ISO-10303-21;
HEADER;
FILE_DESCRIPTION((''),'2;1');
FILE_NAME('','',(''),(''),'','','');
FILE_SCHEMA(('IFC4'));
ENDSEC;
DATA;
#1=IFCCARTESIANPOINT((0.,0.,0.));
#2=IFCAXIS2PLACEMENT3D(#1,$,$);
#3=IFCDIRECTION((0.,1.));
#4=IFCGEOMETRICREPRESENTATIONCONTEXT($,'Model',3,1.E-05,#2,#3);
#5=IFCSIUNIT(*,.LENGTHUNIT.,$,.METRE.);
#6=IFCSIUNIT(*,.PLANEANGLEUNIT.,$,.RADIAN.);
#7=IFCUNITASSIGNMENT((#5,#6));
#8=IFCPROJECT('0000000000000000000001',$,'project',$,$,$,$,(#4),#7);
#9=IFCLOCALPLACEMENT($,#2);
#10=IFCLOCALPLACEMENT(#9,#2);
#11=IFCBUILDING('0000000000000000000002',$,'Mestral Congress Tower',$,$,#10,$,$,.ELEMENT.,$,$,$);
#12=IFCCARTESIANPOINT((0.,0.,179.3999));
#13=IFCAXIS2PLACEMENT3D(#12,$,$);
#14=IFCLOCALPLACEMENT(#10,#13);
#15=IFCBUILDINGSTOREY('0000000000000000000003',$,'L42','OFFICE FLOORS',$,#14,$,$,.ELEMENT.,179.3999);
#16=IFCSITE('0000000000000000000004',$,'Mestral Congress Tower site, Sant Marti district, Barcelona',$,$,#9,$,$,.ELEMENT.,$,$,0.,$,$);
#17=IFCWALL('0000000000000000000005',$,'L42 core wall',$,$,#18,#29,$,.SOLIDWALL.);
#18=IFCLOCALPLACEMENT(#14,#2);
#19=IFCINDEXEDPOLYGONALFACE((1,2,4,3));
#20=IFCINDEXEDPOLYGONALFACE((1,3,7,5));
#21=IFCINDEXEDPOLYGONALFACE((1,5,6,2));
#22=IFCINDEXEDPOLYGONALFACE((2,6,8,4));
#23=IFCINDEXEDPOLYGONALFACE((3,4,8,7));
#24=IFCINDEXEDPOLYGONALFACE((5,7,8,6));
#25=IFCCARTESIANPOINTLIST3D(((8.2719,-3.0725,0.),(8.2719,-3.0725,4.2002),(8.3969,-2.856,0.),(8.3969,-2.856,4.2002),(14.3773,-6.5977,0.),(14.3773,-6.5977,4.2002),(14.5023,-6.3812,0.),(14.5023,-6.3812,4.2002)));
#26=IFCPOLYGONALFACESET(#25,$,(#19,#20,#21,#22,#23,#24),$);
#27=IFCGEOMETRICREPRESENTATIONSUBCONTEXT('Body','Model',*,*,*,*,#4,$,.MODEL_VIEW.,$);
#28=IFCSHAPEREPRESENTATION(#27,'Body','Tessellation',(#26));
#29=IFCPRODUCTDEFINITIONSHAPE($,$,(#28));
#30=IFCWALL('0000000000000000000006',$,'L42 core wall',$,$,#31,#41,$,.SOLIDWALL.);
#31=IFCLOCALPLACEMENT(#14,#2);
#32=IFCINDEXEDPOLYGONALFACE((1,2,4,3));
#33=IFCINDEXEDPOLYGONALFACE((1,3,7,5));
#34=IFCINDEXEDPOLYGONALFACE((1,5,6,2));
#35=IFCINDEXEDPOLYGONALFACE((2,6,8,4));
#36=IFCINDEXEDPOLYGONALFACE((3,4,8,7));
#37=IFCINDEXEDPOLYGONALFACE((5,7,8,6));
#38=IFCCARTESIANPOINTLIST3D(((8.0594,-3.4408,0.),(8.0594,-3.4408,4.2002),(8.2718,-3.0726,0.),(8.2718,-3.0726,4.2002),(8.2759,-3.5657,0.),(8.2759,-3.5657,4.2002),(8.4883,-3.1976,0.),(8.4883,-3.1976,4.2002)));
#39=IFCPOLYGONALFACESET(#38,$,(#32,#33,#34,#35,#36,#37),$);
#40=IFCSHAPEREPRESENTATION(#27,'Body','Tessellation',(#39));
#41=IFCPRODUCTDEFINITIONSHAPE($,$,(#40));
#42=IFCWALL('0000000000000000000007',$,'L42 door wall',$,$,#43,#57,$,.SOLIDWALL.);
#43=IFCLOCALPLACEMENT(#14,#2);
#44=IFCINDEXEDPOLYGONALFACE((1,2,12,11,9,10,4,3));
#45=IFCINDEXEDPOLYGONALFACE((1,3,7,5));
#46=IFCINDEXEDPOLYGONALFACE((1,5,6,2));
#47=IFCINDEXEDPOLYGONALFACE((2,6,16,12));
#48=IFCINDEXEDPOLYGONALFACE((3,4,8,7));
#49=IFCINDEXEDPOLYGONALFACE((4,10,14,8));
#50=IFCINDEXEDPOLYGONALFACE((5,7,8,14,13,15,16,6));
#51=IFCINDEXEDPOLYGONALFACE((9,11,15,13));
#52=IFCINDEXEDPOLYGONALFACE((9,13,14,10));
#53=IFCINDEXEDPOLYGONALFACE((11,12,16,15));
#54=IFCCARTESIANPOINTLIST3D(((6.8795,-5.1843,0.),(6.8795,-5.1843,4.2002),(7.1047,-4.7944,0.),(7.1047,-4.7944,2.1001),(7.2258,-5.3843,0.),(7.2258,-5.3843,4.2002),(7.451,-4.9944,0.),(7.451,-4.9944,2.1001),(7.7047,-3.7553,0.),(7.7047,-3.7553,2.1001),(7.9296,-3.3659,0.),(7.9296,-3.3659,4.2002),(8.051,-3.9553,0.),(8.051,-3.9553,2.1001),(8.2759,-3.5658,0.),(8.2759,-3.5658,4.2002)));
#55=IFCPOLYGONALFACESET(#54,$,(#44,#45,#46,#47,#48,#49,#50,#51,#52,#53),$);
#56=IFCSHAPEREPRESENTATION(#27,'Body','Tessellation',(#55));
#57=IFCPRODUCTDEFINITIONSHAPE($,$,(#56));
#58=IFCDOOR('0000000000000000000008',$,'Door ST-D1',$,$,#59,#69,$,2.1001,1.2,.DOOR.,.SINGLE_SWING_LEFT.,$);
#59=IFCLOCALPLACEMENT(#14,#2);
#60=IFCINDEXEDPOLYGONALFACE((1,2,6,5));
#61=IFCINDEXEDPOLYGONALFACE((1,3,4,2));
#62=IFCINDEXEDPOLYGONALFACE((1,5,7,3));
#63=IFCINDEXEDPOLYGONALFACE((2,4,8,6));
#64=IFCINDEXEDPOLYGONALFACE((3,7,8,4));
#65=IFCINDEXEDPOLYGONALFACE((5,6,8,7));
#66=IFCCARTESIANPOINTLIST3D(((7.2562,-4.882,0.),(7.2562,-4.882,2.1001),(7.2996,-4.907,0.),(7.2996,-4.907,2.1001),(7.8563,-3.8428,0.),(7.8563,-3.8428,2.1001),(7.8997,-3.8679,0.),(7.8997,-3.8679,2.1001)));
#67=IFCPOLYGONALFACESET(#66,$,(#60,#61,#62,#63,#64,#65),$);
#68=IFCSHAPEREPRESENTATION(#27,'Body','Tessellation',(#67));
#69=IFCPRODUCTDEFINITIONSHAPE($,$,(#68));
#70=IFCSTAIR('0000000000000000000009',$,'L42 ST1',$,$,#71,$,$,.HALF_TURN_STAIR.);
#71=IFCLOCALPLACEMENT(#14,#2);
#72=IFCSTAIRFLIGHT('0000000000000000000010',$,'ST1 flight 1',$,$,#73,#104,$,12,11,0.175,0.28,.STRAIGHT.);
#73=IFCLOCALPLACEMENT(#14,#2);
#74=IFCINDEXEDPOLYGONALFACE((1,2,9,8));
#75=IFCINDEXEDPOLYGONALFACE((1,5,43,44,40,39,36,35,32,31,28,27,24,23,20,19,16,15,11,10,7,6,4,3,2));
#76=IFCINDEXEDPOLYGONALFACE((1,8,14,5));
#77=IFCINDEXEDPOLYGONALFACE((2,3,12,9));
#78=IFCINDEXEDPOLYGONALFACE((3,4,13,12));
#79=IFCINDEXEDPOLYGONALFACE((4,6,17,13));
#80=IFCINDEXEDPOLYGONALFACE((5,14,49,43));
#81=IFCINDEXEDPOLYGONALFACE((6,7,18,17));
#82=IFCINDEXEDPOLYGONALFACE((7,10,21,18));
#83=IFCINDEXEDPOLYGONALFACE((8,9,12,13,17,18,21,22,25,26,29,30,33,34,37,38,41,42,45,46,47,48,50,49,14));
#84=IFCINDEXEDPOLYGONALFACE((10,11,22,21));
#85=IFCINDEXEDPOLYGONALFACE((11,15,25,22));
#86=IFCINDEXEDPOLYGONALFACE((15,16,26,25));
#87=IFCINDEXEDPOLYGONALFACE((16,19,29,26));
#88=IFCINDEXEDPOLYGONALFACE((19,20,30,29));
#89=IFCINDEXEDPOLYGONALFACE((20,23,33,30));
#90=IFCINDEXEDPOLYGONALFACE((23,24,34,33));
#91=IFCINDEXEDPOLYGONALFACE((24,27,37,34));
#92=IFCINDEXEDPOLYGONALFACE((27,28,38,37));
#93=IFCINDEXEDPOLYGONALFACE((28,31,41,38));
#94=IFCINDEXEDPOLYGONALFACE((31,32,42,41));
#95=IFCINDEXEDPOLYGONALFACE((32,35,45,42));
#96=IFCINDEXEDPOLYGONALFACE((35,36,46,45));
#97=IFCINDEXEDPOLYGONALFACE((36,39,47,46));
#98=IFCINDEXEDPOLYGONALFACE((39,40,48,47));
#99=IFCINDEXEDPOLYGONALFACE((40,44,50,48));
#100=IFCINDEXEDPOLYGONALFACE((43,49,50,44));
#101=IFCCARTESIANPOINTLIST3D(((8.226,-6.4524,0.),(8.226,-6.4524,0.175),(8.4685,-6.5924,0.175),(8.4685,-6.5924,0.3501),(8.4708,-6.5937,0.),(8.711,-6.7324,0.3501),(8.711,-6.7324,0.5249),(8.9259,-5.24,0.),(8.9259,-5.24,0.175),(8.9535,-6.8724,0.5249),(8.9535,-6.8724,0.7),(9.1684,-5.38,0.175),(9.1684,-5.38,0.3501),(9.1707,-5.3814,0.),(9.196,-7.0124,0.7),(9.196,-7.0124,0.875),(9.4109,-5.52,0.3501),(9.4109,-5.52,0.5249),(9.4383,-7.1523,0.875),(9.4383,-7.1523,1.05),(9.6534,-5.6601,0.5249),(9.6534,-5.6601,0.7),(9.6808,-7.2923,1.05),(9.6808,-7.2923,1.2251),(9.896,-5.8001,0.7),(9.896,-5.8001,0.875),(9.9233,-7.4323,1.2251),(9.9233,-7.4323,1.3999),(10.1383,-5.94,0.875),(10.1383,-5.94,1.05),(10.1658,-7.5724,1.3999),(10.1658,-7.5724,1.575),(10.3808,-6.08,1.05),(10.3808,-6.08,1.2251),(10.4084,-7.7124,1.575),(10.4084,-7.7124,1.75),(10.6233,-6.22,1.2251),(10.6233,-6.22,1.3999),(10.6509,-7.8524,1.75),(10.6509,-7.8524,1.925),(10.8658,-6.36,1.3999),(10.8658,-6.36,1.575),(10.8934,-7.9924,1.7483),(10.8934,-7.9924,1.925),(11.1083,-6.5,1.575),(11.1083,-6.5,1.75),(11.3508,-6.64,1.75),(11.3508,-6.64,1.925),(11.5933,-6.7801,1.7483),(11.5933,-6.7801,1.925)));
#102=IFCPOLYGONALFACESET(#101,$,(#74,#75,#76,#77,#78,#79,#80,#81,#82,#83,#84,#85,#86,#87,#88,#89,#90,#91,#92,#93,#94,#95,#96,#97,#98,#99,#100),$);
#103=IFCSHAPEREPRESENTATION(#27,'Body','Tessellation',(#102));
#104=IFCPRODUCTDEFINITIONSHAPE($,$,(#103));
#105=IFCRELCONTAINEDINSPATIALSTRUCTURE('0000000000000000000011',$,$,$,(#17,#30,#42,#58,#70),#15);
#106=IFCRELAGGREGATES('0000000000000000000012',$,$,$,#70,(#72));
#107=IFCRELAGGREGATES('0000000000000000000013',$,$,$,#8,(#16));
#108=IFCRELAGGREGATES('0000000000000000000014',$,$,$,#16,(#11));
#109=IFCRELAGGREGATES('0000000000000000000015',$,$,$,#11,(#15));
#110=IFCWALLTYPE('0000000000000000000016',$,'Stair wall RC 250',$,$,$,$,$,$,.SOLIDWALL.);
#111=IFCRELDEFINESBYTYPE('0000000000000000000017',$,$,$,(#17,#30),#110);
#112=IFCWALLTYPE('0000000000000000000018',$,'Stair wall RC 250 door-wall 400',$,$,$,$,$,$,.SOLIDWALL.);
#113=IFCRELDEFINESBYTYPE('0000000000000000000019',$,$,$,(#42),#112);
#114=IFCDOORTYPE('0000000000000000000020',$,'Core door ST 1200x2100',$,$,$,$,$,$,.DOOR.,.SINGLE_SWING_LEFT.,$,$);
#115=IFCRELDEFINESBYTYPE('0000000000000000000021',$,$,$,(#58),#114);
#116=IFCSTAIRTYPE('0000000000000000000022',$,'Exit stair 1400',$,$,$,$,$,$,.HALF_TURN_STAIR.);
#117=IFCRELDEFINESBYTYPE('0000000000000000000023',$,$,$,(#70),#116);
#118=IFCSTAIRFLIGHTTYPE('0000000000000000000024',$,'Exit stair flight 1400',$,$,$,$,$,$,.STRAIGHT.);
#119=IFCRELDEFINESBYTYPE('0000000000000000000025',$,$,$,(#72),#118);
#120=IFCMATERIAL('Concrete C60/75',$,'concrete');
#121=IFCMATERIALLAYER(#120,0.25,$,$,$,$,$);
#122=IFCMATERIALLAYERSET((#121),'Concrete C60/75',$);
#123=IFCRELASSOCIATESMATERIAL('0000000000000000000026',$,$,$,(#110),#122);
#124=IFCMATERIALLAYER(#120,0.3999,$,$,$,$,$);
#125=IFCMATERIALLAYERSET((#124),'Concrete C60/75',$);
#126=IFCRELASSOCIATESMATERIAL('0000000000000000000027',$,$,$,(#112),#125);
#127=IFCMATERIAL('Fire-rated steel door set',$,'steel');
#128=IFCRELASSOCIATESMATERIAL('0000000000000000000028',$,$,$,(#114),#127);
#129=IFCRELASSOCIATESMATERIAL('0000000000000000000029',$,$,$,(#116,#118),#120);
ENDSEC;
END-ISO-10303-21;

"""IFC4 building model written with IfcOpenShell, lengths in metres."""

from ifc_helpers import new_model, si_unit, direction, frame, frame_2d, origin, place, context, subcontext, project, spatial, polyline, rectangle, outline, extrude, material, layer, layer_set, type_object, element, fill, aggregate, save


model = new_model("IFC4")

# Units and contexts
model_context = context("Model", 3, precision=1e-05, world=origin(), true_north=direction((0.0, 1.0)))
body_context = subcontext(model_context, "Body", "Model", "MODEL_VIEW")
ifc_project = project(units=[si_unit("LENGTHUNIT", "METRE"), si_unit("PLANEANGLEUNIT", "RADIAN")], contexts=[model_context])

# Site, building, storey
site_placement = place(None, origin())
site = spatial("IfcSite", under=ifc_project, at=site_placement, Name="Mestral Congress Tower site, Sant Marti district, Barcelona", CompositionType="ELEMENT", RefElevation=0.0)
building_placement = place(site_placement, origin())
building = spatial("IfcBuilding", under=site, at=building_placement, Name="Mestral Congress Tower", CompositionType="ELEMENT")
storey_placement = place(building_placement, frame((0.0, 0.0, 179.3999)))
storey = spatial("IfcBuildingStorey", under=building, at=storey_placement, Name="L42", Description="OFFICE FLOORS", CompositionType="ELEMENT", Elevation=179.3999)

# Shared definitions
ifc_material_1 = material(Name="Concrete C60/75", Category="concrete")

# Shared definitions
ifc_material_2 = material(Name="Fire-rated steel door set", Category="steel")

# Walls
ifc_layer_1 = layer(ifc_material_1, 0.25)
ifc_layer_set_1 = layer_set([ifc_layer_1], Name="Concrete C60/75")
wall_type_1 = type_object("IfcWallType", Name="Stair wall RC 250", PredefinedType="SOLIDWALL", material=ifc_layer_set_1)
wall_1_placement = place(storey_placement, frame((8.3345, -2.9644, 0.0), z_axis=(0.0, 0.0, 1.0), x_axis=(0.866016, -0.500016, 0.0)))
element("IfcWall", 1, at=wall_1_placement, inside=storey, type_object=wall_type_1, Name="L42 core wall", PredefinedType="SOLIDWALL", context=body_context, shape_type="SweptSolid", body=[
    extrude(rectangle(XDim=7.05, YDim=0.25, at=frame_2d((3.5249, 0.0))), origin(), (0.0, 0.0, 1.0), 4.2002),
])
wall_2_placement = place(storey_placement, frame((8.1677, -3.5032, 0.0), z_axis=(0.0, 0.0, 1.0), x_axis=(0.499722, 0.866186, 0.0)))
element("IfcWall", 2, at=wall_2_placement, inside=storey, type_object=wall_type_1, Name="L42 core wall", PredefinedType="SOLIDWALL", context=body_context, shape_type="SweptSolid", body=[
    extrude(rectangle(XDim=0.425, YDim=0.25, at=frame_2d((0.2124, 0.0))), origin(), (0.0, 0.0, 1.0), 4.2002),
])

# Wall, opening, door
ifc_layer_2 = layer(ifc_material_1, 0.3999)
ifc_layer_set_2 = layer_set([ifc_layer_2], Name="Concrete C60/75")
wall_type_2 = type_object("IfcWallType", Name="Stair wall RC 250 door-wall 400", PredefinedType="SOLIDWALL", material=ifc_layer_set_2)
wall_3_placement = place(storey_placement, frame((7.0527, -5.2842, 0.0), z_axis=(0.0, 0.0, 1.0), x_axis=(0.500078, 0.86598, 0.0)))
wall_3 = element("IfcWall", 3, at=wall_3_placement, inside=storey, type_object=wall_type_2, Name="L42 door wall", PredefinedType="SOLIDWALL", context=body_context, shape_type="SweptSolid", body=[
    extrude(rectangle(XDim=2.0999, YDim=0.3999, at=frame_2d((1.0498, 0.0))), origin(), (0.0, 0.0, 1.0), 4.2002),
])
opening_1_placement = place(wall_3_placement, frame((0.45, 0.0, 0.0)))
opening_1 = element("IfcOpeningElement", 4, at=opening_1_placement, cuts=wall_3, PredefinedType="OPENING", context=body_context, shape_type="SweptSolid", body=[
    extrude(rectangle(XDim=1.2, YDim=2.1001, at=frame_2d((0.6001, 1.05))), frame((0.0, 0.21, 0.0), z_axis=(0.0, -1.0, 0.0), x_axis=(1.0, 0.0, 0.0)), (0.0, 0.0, 1.0), 0.4199),
])
door_type_1 = type_object("IfcDoorType", Name="Core door ST 1200x2100", OperationType="SINGLE_SWING_LEFT", PredefinedType="DOOR", material=ifc_material_2)
door_1_placement = place(opening_1_placement, origin())
door_1 = element("IfcDoor", 5, at=door_1_placement, inside=storey, type_object=door_type_1, Name="Door ST-D1", OperationType="SINGLE_SWING_LEFT", OverallHeight=2.1001, OverallWidth=1.2, PredefinedType="DOOR", context=body_context, shape_type="SweptSolid", body=[
    extrude(rectangle(XDim=1.2, YDim=2.1001, at=frame_2d((0.6001, 1.05))), frame((0.0, 0.0249, 0.0), z_axis=(0.0, -1.0, 0.0), x_axis=(1.0, 0.0, 0.0)), (0.0, 0.0, 1.0), 0.05),
])
fill(opening_1, door_1)

# Stair, stair flight
stair_type = type_object("IfcStairType", Name="Exit stair 1400", PredefinedType="HALF_TURN_STAIR", material=ifc_material_1)
stair_placement = place(storey_placement, origin())
stair = element("IfcStair", 6, at=stair_placement, inside=storey, type_object=stair_type, Name="L42 ST1", PredefinedType="HALF_TURN_STAIR")
stair_flight_type = type_object("IfcStairFlightType", Name="Exit stair flight 1400", PredefinedType="STRAIGHT", material=ifc_material_1)
stair_flight_placement = place(storey_placement, frame((8.5759, -5.8462, 0.0), z_axis=(0.0, 0.0, 1.0), x_axis=(0.866025, -0.5, 0.0)))
stair_flight = element("IfcStairFlight", 7, at=stair_flight_placement, type_object=stair_flight_type, Name="ST1 flight 1", NumberOfRisers=12, NumberOfTreads=11, PredefinedType="STRAIGHT", RiserHeight=0.175, TreadLength=0.28, context=body_context, shape_type="SweptSolid", body=[
    extrude(outline(polyline([(0.0, 0.0), (0.0, 0.175), (0.28, 0.175), (0.28, 0.3501), (0.5601, 0.3501), (0.5601, 0.5249), (0.8401, 0.5249), (0.8401, 0.7), (1.1201, 0.7), (1.1201, 0.875), (1.3999, 0.875), (1.3999, 1.05), (1.6799, 1.05), (1.6799, 1.2251), (1.96, 1.2251), (1.96, 1.3999), (2.24, 1.3999), (2.24, 1.575), (2.52, 1.575), (2.52, 1.75), (2.8, 1.75), (2.8, 1.925), (3.0801, 1.925), (3.0801, 2.1001), (3.0801, 1.7483), (0.2827, 0.0), (0.0, 0.0)])), frame((0.0, 0.7, 0.0), z_axis=(0.0, -1.0, 0.0), x_axis=(1.0, 0.0, 0.0)), (0.0, 0.0, 1.0), 1.3999),
])
aggregate(stair, [stair_flight])

save(model, "model.ifc")
